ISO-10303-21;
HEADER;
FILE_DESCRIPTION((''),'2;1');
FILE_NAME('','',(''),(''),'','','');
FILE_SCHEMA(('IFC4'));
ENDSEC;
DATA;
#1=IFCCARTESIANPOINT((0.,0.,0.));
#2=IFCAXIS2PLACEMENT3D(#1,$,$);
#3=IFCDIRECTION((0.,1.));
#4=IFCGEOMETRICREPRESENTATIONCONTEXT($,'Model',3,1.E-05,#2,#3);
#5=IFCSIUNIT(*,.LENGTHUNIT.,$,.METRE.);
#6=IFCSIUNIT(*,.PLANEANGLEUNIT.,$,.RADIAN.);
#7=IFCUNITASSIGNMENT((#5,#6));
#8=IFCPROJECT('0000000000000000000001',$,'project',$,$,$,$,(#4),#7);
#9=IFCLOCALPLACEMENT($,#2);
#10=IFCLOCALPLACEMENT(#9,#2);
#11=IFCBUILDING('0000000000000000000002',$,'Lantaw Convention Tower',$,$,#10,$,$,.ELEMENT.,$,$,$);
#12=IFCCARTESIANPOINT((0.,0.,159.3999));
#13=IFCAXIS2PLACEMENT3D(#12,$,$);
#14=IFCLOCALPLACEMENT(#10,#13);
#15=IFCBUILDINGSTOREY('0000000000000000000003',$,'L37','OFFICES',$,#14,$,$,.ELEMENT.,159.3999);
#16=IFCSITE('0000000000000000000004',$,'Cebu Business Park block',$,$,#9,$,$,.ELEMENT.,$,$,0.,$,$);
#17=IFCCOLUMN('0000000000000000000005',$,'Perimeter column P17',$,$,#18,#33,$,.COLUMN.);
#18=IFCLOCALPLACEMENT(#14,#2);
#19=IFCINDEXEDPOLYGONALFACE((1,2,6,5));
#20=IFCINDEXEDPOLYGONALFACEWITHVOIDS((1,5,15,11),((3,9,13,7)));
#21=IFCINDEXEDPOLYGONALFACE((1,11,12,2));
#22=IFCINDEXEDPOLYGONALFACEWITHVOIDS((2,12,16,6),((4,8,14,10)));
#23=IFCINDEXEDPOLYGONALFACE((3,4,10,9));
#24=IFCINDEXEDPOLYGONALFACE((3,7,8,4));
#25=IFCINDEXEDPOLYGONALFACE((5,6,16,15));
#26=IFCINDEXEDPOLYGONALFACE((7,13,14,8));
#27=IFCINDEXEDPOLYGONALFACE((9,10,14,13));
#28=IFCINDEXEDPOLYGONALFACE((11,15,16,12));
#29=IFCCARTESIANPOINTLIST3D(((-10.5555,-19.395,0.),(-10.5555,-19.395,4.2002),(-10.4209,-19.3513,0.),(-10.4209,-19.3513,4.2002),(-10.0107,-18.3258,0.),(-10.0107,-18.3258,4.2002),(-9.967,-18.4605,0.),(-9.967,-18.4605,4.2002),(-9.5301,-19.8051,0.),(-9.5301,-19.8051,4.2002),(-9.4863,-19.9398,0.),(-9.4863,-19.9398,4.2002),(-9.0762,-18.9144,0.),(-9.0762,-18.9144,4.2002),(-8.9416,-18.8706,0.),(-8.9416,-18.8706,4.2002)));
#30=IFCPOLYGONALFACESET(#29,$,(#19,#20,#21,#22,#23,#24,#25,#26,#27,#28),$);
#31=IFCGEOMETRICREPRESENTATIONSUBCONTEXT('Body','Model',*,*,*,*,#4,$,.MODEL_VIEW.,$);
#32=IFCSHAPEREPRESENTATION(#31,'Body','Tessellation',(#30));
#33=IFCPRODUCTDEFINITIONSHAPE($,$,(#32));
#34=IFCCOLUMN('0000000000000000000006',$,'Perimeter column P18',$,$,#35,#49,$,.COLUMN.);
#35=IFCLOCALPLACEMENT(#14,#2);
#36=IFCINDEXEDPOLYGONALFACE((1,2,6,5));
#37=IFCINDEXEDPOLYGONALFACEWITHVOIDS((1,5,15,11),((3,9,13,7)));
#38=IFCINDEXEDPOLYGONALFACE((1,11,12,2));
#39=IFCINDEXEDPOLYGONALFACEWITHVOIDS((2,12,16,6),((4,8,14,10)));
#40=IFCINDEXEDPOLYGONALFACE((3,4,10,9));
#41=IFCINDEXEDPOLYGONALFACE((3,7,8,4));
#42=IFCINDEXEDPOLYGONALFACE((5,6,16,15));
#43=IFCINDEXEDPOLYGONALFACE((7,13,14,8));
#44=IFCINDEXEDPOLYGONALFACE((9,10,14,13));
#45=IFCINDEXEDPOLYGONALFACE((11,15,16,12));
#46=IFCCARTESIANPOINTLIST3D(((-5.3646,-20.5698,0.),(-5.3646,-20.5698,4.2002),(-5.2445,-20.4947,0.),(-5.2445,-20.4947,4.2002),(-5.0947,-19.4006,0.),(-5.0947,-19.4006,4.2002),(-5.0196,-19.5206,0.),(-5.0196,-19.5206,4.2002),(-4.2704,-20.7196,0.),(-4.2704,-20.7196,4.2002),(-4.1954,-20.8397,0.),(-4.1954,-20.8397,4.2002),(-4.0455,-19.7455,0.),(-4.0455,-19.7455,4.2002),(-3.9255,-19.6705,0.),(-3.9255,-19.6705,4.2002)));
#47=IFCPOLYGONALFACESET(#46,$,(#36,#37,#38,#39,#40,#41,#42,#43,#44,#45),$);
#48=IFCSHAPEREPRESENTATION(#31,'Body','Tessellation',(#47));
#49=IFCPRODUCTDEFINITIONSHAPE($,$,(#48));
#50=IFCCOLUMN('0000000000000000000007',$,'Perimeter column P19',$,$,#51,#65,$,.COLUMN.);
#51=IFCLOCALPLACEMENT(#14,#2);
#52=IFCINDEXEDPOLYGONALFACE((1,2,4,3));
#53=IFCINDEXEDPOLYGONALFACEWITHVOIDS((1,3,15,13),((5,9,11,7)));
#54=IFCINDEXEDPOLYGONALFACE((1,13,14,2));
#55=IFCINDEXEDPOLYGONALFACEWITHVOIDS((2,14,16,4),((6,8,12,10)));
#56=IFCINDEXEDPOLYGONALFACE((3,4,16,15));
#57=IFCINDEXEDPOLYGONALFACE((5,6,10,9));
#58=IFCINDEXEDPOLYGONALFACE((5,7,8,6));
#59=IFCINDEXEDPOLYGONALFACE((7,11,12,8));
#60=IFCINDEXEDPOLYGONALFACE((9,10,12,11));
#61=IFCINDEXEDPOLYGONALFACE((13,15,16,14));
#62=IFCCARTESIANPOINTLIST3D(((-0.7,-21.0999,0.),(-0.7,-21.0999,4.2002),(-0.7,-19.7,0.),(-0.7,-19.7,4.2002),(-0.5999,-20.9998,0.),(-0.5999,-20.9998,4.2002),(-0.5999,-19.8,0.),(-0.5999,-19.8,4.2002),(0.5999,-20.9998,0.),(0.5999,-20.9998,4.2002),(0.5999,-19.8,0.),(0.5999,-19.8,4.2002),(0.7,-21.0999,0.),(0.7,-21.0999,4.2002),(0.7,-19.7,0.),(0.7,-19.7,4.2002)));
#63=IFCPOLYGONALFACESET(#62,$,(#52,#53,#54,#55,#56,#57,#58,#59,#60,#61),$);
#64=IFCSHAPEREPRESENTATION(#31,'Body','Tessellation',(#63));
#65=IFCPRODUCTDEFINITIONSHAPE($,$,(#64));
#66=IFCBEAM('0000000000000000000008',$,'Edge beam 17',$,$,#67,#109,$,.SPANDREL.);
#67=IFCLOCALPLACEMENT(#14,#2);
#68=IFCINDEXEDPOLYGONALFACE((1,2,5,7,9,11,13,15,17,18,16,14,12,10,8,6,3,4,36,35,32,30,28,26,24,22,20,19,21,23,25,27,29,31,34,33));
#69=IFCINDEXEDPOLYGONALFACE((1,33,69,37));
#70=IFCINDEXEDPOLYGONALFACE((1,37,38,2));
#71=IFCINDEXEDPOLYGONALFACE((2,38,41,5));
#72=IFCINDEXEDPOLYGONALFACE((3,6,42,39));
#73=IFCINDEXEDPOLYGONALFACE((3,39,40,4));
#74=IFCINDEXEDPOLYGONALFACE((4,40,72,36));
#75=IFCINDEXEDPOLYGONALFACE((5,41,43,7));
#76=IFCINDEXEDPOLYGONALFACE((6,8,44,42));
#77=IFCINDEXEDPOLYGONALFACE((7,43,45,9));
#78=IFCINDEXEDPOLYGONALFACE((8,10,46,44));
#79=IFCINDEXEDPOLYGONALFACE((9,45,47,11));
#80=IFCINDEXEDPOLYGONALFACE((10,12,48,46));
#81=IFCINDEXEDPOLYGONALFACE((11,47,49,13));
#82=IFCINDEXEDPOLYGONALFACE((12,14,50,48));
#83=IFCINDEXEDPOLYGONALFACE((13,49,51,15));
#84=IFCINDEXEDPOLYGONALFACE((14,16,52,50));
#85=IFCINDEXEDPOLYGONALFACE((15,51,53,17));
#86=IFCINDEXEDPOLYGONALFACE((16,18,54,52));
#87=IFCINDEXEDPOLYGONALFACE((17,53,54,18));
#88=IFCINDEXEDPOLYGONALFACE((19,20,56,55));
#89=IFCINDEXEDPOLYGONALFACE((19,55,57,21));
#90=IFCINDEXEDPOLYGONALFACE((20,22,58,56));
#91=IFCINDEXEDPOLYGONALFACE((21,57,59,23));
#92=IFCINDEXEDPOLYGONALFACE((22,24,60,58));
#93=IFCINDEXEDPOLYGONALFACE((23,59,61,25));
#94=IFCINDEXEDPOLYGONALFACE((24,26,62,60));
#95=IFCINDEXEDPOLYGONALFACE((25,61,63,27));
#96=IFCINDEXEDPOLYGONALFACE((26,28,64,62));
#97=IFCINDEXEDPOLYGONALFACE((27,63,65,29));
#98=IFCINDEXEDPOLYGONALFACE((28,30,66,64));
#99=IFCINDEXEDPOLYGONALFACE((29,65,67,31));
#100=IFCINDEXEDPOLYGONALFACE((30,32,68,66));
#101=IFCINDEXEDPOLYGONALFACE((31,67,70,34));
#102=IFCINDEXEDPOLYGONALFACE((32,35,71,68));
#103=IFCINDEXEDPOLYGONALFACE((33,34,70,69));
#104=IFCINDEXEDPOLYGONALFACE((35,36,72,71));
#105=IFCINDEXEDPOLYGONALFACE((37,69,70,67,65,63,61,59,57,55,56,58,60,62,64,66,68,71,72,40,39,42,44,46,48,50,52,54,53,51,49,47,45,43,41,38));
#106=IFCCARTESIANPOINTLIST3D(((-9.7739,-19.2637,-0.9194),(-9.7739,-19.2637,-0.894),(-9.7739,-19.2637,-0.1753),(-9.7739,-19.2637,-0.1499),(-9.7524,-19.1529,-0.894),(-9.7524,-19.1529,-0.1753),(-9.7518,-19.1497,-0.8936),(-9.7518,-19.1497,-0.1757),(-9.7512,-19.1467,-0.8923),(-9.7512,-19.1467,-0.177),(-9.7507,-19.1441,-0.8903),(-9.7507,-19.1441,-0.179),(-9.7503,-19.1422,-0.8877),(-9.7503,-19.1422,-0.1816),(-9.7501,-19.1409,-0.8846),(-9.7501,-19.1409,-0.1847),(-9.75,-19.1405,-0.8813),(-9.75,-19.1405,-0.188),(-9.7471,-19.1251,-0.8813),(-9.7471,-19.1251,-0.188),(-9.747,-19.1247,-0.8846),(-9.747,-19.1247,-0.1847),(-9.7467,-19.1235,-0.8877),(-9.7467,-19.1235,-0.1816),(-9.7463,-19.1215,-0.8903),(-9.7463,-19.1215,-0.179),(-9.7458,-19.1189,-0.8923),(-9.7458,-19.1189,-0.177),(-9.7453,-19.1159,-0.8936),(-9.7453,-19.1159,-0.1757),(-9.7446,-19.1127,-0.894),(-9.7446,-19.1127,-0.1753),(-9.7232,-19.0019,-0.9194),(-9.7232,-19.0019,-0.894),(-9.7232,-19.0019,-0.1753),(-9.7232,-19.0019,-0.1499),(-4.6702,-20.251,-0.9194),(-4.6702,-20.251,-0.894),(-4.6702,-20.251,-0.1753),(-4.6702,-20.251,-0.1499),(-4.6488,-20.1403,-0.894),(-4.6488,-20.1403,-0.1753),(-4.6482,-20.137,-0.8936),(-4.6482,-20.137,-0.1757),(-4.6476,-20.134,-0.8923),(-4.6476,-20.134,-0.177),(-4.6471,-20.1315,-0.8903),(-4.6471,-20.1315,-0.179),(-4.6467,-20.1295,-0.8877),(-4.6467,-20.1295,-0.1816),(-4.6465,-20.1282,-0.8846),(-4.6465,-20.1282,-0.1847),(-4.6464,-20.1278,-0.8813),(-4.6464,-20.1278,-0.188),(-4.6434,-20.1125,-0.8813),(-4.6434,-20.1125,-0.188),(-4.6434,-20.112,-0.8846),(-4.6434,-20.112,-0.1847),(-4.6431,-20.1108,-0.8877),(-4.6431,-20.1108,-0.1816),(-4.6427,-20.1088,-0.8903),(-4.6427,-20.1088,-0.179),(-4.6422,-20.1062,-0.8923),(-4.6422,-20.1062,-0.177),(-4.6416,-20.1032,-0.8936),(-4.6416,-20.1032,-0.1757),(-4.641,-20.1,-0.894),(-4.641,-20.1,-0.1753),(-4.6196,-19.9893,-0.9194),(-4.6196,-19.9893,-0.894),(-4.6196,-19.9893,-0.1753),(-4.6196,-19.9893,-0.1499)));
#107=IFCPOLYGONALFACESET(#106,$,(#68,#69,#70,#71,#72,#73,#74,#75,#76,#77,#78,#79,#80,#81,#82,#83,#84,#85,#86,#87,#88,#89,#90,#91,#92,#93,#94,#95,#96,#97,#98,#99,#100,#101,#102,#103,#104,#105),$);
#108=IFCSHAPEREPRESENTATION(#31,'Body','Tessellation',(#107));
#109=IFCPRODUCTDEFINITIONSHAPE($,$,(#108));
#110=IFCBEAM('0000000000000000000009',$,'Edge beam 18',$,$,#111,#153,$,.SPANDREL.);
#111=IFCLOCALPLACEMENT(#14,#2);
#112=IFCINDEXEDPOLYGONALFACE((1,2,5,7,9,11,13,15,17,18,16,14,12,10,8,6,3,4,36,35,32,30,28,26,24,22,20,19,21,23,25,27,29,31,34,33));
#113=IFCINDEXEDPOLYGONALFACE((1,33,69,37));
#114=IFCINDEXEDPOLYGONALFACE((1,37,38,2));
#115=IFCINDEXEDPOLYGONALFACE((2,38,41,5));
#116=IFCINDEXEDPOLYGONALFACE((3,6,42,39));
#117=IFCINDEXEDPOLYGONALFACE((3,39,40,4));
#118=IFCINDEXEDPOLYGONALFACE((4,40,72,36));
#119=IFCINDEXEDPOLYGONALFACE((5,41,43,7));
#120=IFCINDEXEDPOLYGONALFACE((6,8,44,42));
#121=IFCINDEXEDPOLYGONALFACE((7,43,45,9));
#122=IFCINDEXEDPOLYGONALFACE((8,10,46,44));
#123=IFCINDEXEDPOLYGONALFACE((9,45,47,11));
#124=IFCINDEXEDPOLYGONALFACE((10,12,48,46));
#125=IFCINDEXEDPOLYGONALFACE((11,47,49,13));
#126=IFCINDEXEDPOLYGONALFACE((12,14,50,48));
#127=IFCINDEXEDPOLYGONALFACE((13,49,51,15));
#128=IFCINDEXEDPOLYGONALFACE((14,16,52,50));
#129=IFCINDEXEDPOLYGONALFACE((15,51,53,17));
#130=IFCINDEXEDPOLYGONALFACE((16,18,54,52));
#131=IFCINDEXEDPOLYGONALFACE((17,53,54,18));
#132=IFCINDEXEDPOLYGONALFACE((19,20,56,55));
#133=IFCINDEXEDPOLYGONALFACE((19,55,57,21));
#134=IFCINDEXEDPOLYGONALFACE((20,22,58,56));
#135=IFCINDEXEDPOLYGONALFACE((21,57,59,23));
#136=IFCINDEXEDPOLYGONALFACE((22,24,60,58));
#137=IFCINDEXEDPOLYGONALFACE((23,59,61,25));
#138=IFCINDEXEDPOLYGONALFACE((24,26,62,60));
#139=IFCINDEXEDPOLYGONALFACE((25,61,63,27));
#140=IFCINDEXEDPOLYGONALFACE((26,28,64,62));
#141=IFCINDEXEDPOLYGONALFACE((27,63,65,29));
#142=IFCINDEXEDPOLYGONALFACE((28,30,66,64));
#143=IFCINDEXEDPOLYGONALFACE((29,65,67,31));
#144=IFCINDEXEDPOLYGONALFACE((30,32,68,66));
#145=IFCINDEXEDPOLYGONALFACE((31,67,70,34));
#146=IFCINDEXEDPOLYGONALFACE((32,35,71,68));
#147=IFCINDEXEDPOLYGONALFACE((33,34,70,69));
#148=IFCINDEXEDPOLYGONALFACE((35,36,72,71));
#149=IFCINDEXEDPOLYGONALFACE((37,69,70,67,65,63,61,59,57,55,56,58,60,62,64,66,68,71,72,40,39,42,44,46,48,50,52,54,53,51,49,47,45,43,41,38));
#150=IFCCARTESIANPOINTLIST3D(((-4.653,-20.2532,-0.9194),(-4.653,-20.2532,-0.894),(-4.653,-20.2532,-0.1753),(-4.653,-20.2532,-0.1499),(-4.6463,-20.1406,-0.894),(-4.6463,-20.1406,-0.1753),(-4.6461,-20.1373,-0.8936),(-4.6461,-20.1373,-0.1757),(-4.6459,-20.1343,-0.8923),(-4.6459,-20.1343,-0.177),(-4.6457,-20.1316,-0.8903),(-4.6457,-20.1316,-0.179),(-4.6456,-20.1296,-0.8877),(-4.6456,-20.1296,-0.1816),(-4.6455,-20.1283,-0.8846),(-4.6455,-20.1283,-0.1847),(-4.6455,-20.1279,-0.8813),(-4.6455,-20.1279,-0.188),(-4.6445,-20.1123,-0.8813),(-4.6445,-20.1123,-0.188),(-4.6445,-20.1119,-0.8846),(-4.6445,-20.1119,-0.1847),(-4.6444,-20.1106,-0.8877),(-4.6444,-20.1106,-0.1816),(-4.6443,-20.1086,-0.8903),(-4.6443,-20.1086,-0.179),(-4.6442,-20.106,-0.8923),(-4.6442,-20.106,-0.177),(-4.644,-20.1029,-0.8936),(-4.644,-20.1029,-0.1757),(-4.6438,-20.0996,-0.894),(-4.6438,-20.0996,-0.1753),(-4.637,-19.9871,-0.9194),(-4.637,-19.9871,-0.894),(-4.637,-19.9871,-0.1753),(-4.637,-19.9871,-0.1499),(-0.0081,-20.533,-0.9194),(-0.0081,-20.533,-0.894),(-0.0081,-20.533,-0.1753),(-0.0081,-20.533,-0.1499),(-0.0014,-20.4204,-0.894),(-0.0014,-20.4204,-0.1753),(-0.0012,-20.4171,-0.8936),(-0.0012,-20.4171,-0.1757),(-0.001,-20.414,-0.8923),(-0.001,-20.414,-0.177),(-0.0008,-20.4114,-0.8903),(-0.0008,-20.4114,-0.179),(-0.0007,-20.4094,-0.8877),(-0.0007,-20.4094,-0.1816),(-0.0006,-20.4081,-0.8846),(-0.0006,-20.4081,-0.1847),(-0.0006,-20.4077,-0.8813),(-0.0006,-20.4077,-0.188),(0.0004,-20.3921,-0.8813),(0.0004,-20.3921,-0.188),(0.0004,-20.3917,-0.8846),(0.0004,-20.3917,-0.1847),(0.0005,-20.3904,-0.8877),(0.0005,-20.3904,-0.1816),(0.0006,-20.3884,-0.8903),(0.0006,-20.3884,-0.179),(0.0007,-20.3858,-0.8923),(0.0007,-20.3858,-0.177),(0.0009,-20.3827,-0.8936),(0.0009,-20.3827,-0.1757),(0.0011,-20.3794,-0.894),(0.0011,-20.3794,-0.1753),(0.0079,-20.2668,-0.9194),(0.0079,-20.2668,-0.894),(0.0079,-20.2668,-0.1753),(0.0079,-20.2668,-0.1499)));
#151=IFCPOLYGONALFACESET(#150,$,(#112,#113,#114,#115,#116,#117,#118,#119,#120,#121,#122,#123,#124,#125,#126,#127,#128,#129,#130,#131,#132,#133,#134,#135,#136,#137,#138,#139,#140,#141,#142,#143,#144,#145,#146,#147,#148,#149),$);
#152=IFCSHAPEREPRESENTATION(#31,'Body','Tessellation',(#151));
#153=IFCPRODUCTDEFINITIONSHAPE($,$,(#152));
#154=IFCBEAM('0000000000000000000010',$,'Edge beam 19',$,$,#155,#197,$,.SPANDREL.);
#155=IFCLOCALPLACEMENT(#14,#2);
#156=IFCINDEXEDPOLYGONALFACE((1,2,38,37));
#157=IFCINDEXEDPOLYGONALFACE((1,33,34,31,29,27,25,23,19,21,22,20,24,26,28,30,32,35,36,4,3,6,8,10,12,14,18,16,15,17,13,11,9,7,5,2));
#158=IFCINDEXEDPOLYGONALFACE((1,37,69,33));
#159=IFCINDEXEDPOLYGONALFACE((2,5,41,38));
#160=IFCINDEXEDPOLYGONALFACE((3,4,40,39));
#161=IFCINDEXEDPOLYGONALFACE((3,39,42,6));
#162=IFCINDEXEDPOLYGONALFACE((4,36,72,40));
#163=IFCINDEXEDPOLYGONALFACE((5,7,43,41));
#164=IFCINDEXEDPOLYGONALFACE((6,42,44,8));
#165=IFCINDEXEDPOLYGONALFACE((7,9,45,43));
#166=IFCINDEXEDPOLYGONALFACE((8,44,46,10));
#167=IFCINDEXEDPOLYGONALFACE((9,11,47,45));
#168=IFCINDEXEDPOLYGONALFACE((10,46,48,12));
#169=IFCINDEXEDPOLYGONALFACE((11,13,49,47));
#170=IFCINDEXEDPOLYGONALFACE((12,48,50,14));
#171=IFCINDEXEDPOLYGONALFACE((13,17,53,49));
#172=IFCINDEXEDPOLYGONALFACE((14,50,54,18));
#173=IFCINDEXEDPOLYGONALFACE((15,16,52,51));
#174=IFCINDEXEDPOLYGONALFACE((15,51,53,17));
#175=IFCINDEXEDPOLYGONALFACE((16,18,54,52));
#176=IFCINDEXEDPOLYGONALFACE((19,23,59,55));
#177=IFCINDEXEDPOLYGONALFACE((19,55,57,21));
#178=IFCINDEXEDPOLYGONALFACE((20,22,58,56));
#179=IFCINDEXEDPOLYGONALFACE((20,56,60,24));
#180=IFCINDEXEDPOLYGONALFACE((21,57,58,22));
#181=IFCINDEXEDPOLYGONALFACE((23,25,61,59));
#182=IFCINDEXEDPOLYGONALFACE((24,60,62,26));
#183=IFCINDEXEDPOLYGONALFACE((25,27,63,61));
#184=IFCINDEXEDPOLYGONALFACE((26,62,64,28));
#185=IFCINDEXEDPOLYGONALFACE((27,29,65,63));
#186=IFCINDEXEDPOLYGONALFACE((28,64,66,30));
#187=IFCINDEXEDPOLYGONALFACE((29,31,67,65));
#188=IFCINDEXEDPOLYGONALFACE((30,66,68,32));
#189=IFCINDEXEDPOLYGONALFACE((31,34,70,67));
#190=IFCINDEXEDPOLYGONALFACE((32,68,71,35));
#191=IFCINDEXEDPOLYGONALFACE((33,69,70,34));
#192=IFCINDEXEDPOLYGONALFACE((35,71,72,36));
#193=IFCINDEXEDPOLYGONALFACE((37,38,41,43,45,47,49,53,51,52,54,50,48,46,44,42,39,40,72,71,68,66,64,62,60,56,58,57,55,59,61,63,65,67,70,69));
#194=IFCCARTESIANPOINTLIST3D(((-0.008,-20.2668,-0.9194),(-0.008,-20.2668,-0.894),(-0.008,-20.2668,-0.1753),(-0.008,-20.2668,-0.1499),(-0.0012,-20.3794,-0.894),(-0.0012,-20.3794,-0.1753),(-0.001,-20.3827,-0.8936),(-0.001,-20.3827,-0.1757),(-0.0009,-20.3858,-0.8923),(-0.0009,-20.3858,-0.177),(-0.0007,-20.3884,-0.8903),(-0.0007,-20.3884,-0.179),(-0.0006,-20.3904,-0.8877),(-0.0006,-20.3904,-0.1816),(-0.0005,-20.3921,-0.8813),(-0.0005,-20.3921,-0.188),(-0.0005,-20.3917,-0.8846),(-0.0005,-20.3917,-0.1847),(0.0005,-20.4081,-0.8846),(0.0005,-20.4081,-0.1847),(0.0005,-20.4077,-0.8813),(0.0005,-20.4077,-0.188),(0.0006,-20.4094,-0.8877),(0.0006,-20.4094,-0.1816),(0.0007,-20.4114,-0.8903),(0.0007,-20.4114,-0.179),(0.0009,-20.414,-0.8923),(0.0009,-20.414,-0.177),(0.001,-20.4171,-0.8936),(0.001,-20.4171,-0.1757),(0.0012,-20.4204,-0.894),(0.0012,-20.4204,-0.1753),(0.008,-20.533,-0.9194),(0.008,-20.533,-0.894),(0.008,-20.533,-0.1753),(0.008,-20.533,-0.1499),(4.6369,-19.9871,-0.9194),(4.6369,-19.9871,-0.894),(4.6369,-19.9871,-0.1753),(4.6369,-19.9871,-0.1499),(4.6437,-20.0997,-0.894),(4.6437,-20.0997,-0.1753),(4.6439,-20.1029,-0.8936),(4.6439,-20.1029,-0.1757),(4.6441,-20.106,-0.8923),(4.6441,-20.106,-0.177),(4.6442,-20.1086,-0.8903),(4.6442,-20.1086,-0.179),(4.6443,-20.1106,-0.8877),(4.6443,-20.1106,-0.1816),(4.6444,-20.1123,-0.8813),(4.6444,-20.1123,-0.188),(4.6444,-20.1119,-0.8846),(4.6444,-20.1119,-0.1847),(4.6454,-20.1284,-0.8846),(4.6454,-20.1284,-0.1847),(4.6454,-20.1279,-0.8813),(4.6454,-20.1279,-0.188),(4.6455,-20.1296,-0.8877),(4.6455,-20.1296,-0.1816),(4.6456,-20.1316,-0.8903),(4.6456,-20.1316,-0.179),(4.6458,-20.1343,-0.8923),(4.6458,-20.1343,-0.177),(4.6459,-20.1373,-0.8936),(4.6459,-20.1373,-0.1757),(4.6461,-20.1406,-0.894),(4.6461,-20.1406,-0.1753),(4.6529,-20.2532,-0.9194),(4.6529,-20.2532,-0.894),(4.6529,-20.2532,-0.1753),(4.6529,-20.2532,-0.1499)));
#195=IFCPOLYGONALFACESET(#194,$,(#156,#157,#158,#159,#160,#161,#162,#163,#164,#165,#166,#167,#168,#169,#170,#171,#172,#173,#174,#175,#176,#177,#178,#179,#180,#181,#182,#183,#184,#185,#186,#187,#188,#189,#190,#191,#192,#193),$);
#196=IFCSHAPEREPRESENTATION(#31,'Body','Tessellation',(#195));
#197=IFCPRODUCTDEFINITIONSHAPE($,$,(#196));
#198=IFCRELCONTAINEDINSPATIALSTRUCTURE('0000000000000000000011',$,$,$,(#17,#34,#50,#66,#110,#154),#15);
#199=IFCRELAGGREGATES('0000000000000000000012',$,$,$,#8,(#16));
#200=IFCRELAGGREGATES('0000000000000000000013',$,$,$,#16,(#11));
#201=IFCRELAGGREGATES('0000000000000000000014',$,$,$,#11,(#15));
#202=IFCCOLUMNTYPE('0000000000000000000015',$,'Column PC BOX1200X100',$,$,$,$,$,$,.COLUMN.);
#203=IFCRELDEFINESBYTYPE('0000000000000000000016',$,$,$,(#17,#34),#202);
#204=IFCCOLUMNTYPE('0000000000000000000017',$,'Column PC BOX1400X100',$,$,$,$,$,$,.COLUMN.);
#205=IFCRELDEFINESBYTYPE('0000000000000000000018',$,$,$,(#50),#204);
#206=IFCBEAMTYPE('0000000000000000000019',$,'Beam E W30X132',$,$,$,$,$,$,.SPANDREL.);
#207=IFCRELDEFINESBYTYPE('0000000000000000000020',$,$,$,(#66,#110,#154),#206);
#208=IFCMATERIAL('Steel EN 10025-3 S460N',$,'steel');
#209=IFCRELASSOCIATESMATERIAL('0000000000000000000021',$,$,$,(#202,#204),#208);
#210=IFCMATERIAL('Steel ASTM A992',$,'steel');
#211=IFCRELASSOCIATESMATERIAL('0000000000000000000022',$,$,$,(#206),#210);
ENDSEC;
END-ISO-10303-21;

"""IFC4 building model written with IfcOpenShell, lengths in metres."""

from ifc_helpers import new_model, si_unit, direction, frame, origin, origin_2d, place, context, subcontext, project, spatial, rectangle, hollow_rectangle, i_section, extrude, material, material_profile, profile_set, type_object, element, save


model = new_model("IFC4")

# Units and contexts
model_context = context("Model", 3, precision=1e-05, world=origin(), true_north=direction((0.0, 1.0)))
body_context = subcontext(model_context, "Body", "Model", "MODEL_VIEW")
ifc_project = project(units=[si_unit("LENGTHUNIT", "METRE"), si_unit("PLANEANGLEUNIT", "RADIAN")], contexts=[model_context])

# Site, building, storey
site_placement = place(None, origin())
site = spatial("IfcSite", under=ifc_project, at=site_placement, Name="Cebu Business Park block", CompositionType="ELEMENT", RefElevation=0.0)
building_placement = place(site_placement, origin())
building = spatial("IfcBuilding", under=site, at=building_placement, Name="Lantaw Convention Tower", CompositionType="ELEMENT")
storey_placement = place(building_placement, frame((0.0, 0.0, 159.3999)))
storey = spatial("IfcBuildingStorey", under=building, at=storey_placement, Name="L37", Description="OFFICES", CompositionType="ELEMENT", Elevation=159.3999)

# Columns
ifc_material_1 = material(Name="Steel EN 10025-3 S460N", Category="steel")
ifc_material_profile_1 = material_profile(ifc_material_1, hollow_rectangle(XDim=1.2, YDim=1.2, WallThickness=0.1001, at=origin_2d()), Name="BOX1200X100")
ifc_material_2 = material(Name="Concrete C60/75", Category="concrete")
ifc_material_profile_2 = material_profile(ifc_material_2, rectangle(XDim=1.0, YDim=1.0, at=origin_2d()), Name="Concrete fill of BOX1200X100")
ifc_profile_set_1 = profile_set([ifc_material_profile_1, ifc_material_profile_2], Name="Steel EN 10025-3 S460N")
column_type_1 = type_object("IfcColumnType", Name="Column PC BOX1200X100", PredefinedType="COLUMN", material=ifc_profile_set_1)
for number, where, z_axis, x_axis, name in (
    (1, (-9.7485, -19.1328, 0.0), (0.0, 0.0, 1.0), (0.45399, 0.891007, 0.0), "Perimeter column P17"),
    (2, (-4.645, -20.1201, 0.0), (0.0, 0.0, 1.0), (0.224951, 0.97437, 0.0), "Perimeter column P18"),
):
    element("IfcColumn", number, at=place(storey_placement, frame(where, z_axis=z_axis, x_axis=x_axis)), inside=storey, type_object=column_type_1, Name=name, PredefinedType="COLUMN", context=body_context, shape_type="SweptSolid", body=[
        extrude(hollow_rectangle(XDim=1.2, YDim=1.2, WallThickness=0.1001, at=origin_2d()), origin(), (0.0, 0.0, 1.0), 4.2002),
    ])
ifc_material_profile_3 = material_profile(ifc_material_1, hollow_rectangle(XDim=1.3999, YDim=1.3999, WallThickness=0.1001, at=origin_2d()), Name="BOX1400X100")
ifc_material_profile_4 = material_profile(ifc_material_2, rectangle(XDim=1.2, YDim=1.2, at=origin_2d()), Name="Concrete fill of BOX1400X100")
ifc_profile_set_2 = profile_set([ifc_material_profile_3, ifc_material_profile_4], Name="Steel EN 10025-3 S460N")
column_type_2 = type_object("IfcColumnType", Name="Column PC BOX1400X100", PredefinedType="COLUMN", material=ifc_profile_set_2)
column_placement = place(storey_placement, frame((0.0, -20.3999, 0.0), z_axis=(0.0, 0.0, 1.0), x_axis=(1.0, 0.0, 0.0)))
element("IfcColumn", 3, at=column_placement, inside=storey, type_object=column_type_2, Name="Perimeter column P19", PredefinedType="COLUMN", context=body_context, shape_type="SweptSolid", body=[
    extrude(hollow_rectangle(XDim=1.3999, YDim=1.3999, WallThickness=0.1001, at=origin_2d()), origin(), (0.0, 0.0, 1.0), 4.2002),
])

# Beams
ifc_material_3 = material(Name="Steel ASTM A992", Category="steel")
ifc_material_profile_5 = material_profile(ifc_material_3, i_section(OverallWidth=0.2666, OverallDepth=0.7695, WebThickness=0.0156, FlangeThickness=0.0254, FilletRadius=0.0127, at=origin_2d()), Name="W30X132")
ifc_profile_set_3 = profile_set([ifc_material_profile_5], Name="Steel ASTM A992")
beam_type_1 = type_object("IfcBeamType", Name="Beam E W30X132", PredefinedType="SPANDREL", material=ifc_profile_set_3)
beam_1_placement = place(storey_placement, frame((-9.7485, -19.1328, -0.5347), z_axis=(0.981797, -0.189934, 0.0), x_axis=(0.189934, 0.981797, 0.0)))
element("IfcBeam", 4, at=beam_1_placement, inside=storey, type_object=beam_type_1, Name="Edge beam 17", PredefinedType="SPANDREL", context=body_context, shape_type="SweptSolid", body=[
    extrude(i_section(OverallWidth=0.2666, OverallDepth=0.7695, WebThickness=0.0156, FlangeThickness=0.0254, FilletRadius=0.0127, at=origin_2d()), origin(), (0.0, 0.0, 1.0), 5.1982),
])
for number, where, z_axis, x_axis, name in (
    (5, (-4.645, -20.1201, -0.5347), (0.998191, -0.060124, 0.0), (0.060124, 0.998191, 0.0), "Edge beam 18"),
    (6, (0.0, -20.3999, -0.5347), (0.998191, 0.060124, 0.0), (-0.060124, 0.998191, 0.0), "Edge beam 19"),
):
    element("IfcBeam", number, at=place(storey_placement, frame(where, z_axis=z_axis, x_axis=x_axis)), inside=storey, type_object=beam_type_1, Name=name, PredefinedType="SPANDREL", context=body_context, shape_type="SweptSolid", body=[
        extrude(i_section(OverallWidth=0.2666, OverallDepth=0.7695, WebThickness=0.0156, FlangeThickness=0.0254, FilletRadius=0.0127, at=origin_2d()), origin(), (0.0, 0.0, 1.0), 4.6533),
    ])

save(model, "model.ifc")
